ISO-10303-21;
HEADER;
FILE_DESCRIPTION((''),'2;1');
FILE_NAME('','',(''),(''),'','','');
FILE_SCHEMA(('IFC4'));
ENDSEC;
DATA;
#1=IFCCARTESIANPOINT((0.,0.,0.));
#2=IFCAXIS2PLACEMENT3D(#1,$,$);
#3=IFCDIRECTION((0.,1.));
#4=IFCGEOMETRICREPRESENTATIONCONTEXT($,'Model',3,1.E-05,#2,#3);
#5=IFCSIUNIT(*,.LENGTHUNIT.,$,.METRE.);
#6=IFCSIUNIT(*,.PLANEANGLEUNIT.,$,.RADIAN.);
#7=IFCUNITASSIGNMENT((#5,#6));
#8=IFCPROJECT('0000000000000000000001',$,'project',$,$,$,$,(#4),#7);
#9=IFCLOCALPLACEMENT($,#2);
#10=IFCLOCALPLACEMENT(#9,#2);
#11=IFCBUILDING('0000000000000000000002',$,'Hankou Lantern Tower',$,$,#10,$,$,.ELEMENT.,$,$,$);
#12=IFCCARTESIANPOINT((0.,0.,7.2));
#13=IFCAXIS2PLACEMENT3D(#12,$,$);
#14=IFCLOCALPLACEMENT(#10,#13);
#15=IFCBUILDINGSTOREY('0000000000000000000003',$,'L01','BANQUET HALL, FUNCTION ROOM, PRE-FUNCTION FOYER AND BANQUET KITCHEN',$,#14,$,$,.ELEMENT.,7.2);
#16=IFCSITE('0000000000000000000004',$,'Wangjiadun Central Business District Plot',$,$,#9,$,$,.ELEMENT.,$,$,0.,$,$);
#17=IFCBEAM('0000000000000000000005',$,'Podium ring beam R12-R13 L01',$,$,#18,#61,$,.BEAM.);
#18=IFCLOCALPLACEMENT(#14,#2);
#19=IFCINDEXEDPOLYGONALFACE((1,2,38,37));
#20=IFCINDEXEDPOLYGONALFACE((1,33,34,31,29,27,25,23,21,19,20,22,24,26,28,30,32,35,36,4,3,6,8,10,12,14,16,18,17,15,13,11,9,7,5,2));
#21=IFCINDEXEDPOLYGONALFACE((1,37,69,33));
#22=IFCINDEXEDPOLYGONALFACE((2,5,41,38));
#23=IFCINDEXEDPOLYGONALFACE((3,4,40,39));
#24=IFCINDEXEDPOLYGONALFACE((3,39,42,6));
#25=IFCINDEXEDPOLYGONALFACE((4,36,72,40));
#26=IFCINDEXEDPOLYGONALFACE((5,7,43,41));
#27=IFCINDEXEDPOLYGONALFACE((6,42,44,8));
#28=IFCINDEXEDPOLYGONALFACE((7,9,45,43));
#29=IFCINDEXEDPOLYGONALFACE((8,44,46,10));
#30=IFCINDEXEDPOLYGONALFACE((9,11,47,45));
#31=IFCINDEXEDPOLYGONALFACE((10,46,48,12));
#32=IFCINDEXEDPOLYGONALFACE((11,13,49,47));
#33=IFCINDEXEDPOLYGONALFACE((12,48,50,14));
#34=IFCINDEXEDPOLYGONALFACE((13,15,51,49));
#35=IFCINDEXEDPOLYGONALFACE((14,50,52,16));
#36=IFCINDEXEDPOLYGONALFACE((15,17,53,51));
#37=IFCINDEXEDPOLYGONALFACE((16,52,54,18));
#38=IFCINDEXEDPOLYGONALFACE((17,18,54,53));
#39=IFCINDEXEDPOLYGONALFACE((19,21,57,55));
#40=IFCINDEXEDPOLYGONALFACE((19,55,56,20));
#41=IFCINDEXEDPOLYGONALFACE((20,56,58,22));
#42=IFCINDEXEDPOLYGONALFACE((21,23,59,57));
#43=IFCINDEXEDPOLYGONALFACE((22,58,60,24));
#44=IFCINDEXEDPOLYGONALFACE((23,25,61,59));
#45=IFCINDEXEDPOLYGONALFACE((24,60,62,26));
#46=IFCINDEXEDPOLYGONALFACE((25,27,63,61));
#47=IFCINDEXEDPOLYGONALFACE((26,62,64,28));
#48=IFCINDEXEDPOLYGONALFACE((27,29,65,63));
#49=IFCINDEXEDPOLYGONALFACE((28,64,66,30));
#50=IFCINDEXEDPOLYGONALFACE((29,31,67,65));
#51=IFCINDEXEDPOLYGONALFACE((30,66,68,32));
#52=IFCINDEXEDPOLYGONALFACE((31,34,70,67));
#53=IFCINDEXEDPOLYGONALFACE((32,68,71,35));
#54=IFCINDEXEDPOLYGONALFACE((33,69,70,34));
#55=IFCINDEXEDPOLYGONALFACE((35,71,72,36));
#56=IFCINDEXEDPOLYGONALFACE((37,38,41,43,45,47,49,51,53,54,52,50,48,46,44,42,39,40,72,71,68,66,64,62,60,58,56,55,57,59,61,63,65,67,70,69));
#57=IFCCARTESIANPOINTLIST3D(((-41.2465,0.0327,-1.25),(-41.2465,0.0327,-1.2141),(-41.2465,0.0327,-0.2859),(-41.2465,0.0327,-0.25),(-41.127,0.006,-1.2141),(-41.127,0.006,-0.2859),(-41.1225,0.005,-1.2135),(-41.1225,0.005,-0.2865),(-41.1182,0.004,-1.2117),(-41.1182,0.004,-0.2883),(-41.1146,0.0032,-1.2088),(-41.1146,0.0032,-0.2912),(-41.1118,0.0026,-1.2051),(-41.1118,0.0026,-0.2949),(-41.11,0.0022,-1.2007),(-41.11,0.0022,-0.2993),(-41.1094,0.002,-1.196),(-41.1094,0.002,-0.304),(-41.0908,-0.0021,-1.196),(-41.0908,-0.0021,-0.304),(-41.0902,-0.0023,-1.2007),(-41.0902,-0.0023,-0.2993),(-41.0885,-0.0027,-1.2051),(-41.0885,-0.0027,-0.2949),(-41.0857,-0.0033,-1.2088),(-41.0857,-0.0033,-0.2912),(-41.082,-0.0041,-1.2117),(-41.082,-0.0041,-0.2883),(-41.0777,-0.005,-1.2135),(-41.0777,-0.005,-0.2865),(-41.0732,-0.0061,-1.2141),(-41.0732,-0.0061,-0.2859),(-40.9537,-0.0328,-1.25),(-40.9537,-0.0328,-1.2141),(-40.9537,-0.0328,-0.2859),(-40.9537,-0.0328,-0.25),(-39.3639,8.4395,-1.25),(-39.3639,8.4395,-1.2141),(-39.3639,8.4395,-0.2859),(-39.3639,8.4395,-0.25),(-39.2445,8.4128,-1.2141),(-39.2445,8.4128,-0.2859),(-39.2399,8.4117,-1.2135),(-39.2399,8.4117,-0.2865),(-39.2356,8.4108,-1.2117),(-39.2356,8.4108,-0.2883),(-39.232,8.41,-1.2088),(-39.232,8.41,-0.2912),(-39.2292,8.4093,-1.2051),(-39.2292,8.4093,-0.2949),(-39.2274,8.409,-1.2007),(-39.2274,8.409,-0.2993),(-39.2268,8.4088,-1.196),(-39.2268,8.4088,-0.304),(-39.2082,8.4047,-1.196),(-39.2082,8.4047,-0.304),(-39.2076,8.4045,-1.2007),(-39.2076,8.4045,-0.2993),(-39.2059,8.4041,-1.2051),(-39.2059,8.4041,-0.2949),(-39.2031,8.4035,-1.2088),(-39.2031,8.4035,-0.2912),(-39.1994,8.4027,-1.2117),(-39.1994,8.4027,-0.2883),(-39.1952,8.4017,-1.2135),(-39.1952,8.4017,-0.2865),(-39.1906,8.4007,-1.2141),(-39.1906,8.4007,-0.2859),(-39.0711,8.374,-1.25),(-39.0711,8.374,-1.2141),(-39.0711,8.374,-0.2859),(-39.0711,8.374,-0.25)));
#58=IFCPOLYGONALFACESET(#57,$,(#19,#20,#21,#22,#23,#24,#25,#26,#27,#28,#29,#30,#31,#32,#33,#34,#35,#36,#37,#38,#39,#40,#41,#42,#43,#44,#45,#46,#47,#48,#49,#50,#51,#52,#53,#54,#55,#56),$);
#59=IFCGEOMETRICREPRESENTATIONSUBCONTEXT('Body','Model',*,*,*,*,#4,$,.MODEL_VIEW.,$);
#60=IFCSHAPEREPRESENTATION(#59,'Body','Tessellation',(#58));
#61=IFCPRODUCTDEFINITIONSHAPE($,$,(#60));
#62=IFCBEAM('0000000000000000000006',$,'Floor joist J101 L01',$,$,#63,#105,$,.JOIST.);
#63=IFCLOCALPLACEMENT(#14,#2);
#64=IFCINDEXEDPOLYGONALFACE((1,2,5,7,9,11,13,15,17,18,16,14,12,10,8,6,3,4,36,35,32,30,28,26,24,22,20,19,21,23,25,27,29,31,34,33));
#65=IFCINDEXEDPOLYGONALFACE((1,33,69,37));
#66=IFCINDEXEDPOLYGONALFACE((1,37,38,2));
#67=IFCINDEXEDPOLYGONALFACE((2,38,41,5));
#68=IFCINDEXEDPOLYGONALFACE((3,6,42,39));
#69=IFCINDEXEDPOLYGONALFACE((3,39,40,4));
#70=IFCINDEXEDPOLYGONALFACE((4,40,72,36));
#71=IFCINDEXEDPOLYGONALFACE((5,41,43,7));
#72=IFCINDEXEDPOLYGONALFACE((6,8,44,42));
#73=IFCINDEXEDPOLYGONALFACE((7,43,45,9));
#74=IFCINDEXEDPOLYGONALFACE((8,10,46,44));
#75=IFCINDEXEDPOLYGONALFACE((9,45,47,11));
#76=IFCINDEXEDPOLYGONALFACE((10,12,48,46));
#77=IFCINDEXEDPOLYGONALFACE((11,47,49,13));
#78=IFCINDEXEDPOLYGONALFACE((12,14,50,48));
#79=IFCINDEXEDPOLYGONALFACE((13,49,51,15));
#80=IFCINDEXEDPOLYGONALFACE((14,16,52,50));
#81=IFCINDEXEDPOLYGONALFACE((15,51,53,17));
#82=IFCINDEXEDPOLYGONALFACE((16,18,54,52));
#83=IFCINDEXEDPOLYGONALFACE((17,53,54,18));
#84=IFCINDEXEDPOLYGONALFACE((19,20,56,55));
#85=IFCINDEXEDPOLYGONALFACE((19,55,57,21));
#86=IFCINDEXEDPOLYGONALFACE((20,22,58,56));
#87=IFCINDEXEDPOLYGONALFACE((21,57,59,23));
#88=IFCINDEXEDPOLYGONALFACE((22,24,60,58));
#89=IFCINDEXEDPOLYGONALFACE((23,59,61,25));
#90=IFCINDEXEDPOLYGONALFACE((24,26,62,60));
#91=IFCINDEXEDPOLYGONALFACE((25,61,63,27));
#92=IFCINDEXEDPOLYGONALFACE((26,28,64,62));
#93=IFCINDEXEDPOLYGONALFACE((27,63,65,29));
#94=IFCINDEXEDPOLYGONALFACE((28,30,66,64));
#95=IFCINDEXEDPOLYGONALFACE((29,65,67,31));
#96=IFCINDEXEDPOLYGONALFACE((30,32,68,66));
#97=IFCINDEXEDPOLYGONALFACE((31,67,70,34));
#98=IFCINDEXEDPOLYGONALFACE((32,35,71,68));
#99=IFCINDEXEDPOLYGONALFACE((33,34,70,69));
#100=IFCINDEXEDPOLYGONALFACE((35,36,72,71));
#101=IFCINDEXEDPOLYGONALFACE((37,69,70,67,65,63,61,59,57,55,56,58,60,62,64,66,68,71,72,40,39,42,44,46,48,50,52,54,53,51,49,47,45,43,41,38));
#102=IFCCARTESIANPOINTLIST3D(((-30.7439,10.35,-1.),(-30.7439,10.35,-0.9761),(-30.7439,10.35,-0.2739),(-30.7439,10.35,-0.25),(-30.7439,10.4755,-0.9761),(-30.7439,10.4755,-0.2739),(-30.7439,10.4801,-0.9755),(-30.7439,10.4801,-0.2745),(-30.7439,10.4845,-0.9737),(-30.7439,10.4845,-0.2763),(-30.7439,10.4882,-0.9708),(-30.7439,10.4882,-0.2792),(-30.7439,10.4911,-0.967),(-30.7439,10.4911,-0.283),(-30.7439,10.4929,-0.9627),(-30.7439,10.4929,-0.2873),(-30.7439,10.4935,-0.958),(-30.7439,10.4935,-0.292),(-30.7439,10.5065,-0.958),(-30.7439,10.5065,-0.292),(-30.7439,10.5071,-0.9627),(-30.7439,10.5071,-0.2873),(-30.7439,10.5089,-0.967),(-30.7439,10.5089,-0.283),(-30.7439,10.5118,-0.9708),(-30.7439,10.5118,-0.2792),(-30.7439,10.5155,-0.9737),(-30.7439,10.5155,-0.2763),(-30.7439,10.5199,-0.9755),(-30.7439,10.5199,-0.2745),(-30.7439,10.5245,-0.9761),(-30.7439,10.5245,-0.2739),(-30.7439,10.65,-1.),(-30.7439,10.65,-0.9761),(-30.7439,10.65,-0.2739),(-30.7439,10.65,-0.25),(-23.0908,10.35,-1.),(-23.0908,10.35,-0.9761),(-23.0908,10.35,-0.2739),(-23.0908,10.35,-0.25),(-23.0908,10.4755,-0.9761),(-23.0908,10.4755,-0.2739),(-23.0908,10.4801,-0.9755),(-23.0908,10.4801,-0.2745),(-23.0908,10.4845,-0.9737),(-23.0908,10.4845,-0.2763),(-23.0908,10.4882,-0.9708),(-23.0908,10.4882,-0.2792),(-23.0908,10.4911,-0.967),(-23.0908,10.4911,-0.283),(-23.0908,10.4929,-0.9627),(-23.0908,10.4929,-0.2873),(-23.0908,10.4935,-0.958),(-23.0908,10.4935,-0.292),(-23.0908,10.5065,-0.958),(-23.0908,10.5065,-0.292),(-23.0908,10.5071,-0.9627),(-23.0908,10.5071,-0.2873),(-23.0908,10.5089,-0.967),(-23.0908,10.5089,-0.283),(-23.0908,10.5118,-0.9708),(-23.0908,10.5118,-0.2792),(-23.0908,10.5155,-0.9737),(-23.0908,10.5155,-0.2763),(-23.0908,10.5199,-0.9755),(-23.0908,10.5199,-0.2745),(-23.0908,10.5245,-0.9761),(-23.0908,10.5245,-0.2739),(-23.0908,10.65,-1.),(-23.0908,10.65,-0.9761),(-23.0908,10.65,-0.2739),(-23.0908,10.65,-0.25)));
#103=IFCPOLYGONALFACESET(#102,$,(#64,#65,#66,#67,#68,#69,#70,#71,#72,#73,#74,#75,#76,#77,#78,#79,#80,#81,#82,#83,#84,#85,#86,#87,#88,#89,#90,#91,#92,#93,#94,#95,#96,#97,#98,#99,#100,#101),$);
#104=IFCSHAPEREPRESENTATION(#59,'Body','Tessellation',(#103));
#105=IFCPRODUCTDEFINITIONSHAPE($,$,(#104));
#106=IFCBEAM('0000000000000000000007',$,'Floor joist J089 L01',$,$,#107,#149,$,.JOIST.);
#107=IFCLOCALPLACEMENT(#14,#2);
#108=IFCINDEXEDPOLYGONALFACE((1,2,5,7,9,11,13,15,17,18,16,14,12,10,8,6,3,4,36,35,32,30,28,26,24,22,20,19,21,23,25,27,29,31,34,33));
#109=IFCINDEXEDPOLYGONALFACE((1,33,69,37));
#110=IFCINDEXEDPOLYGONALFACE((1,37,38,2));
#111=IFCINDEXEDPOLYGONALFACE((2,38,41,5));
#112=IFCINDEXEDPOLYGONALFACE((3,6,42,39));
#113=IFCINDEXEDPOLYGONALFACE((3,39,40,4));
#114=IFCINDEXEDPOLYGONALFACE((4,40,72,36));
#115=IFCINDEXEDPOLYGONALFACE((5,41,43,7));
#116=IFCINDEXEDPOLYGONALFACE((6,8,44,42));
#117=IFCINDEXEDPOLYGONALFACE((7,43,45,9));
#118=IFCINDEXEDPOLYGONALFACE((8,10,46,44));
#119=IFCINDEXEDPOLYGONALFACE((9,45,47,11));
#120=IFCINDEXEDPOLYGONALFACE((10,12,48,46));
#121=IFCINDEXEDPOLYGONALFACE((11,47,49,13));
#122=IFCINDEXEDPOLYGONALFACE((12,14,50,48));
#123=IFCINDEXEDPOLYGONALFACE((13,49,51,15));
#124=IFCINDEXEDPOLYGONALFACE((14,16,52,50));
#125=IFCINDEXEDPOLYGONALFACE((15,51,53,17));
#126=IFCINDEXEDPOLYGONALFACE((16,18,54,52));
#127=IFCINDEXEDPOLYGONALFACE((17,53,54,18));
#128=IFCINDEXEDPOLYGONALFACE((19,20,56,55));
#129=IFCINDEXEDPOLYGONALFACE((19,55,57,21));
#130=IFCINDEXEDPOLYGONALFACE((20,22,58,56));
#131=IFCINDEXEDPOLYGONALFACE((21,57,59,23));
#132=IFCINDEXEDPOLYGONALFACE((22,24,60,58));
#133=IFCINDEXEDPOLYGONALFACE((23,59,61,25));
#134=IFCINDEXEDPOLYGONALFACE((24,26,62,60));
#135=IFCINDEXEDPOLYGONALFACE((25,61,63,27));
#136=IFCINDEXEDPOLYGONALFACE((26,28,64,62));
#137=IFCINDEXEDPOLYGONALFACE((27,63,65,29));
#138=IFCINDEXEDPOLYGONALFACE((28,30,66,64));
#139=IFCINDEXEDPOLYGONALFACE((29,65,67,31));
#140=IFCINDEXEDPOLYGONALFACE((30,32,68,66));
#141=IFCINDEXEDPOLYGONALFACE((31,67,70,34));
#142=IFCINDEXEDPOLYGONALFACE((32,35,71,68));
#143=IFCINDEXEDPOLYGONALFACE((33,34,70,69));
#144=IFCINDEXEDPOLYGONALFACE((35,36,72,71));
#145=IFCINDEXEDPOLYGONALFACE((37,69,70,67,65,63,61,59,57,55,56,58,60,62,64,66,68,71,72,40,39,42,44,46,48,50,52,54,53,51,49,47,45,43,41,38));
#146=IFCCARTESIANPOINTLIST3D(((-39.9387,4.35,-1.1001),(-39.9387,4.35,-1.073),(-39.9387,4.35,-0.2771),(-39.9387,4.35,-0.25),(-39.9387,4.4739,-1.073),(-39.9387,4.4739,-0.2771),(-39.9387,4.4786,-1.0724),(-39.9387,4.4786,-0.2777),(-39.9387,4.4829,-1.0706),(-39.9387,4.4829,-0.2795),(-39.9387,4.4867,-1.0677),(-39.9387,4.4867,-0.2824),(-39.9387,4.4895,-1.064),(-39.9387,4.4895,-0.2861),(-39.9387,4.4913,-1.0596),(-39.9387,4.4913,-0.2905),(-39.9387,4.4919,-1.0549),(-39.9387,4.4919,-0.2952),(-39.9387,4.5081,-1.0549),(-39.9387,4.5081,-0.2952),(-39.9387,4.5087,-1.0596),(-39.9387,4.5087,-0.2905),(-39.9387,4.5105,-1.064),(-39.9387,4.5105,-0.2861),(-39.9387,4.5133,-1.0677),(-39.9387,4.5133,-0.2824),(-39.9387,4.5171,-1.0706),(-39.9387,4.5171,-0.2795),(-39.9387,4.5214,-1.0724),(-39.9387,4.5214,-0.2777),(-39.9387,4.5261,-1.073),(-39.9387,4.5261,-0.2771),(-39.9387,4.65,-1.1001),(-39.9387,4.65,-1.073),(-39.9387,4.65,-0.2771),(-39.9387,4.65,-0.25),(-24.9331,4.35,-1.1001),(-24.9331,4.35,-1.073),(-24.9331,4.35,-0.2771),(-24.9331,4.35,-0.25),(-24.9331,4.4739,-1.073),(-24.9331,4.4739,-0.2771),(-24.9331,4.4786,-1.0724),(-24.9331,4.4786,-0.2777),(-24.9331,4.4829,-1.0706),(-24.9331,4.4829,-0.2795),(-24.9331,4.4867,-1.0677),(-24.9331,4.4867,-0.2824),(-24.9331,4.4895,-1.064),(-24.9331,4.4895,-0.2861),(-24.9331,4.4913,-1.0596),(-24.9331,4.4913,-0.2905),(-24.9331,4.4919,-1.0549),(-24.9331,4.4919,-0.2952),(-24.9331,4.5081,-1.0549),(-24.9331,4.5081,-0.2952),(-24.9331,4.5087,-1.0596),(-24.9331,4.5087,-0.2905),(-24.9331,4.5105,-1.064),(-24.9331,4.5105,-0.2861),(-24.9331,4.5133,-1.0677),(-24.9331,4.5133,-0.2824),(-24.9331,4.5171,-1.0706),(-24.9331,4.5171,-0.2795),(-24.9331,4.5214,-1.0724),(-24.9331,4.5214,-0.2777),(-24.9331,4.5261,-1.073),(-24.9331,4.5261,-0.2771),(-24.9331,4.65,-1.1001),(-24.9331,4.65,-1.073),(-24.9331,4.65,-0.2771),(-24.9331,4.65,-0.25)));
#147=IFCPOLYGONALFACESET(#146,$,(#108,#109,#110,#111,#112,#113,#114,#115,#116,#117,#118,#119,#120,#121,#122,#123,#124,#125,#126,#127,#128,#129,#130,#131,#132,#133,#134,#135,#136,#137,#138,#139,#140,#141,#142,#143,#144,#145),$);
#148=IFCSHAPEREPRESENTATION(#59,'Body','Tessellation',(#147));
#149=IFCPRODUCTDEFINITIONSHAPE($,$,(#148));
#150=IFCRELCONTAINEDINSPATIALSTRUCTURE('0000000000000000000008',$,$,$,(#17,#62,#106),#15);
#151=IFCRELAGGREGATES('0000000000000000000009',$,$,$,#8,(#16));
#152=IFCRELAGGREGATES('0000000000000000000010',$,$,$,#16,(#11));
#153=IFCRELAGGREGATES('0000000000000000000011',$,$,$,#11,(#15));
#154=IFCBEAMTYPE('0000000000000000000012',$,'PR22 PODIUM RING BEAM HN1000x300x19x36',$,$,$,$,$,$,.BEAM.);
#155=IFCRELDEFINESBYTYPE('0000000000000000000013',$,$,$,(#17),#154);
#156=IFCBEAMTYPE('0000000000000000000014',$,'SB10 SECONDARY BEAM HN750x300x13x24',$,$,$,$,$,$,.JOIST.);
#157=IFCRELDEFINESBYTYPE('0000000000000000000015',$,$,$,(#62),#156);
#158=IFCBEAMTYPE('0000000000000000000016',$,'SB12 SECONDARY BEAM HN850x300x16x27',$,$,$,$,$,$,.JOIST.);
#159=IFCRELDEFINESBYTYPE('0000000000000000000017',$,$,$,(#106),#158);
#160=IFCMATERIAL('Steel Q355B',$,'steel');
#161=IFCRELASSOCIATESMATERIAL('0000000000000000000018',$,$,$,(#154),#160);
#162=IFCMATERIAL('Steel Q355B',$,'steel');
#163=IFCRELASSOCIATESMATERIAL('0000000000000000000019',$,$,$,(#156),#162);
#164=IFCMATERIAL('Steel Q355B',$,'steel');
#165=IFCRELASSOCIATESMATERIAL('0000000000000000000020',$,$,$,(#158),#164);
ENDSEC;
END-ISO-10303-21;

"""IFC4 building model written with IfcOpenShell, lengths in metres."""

from ifc_helpers import new_model, si_unit, direction, frame, origin, origin_2d, place, context, subcontext, project, spatial, i_section, extrude, material, material_profile, profile_set, type_object, element, save


model = new_model("IFC4")

# Units and contexts
model_context = context("Model", 3, precision=1e-05, world=origin(), true_north=direction((0.0, 1.0)))
body_context = subcontext(model_context, "Body", "Model", "MODEL_VIEW")
ifc_project = project(units=[si_unit("LENGTHUNIT", "METRE"), si_unit("PLANEANGLEUNIT", "RADIAN")], contexts=[model_context])

# Site, building, storey
site_placement = place(None, origin())
site = spatial("IfcSite", under=ifc_project, at=site_placement, Name="Wangjiadun Central Business District Plot", CompositionType="ELEMENT", RefElevation=0.0)
building_placement = place(site_placement, origin())
building = spatial("IfcBuilding", under=site, at=building_placement, Name="Hankou Lantern Tower", CompositionType="ELEMENT")
storey_placement = place(building_placement, frame((0.0, 0.0, 7.2)))
storey = spatial("IfcBuildingStorey", under=building, at=storey_placement, Name="L01", Description="BANQUET HALL, FUNCTION ROOM, PRE-FUNCTION FOYER AND BANQUET KITCHEN", CompositionType="ELEMENT", Elevation=7.2)

# Beams
ifc_material_1 = material(Name="Steel Q355B", Category="steel")
ifc_material_profile_1 = material_profile(ifc_material_1, i_section(OverallWidth=0.3, OverallDepth=1.0, WebThickness=0.019, FlangeThickness=0.0359, FilletRadius=0.0181, at=origin_2d()), Name="HN1000x300x19x36")
ifc_profile_set_1 = profile_set([ifc_material_profile_1], Name="Steel Q355B")
beam_type_1 = type_object("IfcBeamType", Name="PR22 PODIUM RING BEAM HN1000x300x19x36", PredefinedType="BEAM", material=ifc_profile_set_1)
beam_1_placement = place(storey_placement, frame((-39.2175, 8.4067, -0.75), z_axis=(-0.218523, -0.975832, 0.0), x_axis=(0.975832, -0.218523, 0.0)))
element("IfcBeam", 1, at=beam_1_placement, inside=storey, type_object=beam_type_1, Name="Podium ring beam R12-R13 L01", PredefinedType="BEAM", context=body_context, shape_type="SweptSolid", body=[
    extrude(i_section(OverallWidth=0.3, OverallDepth=1.0, WebThickness=0.019, FlangeThickness=0.0359, FilletRadius=0.0181, at=origin_2d()), origin(), (0.0, 0.0, 1.0), 8.615),
])
ifc_material_2 = material(Name="Steel Q355B", Category="steel")
ifc_material_profile_2 = material_profile(ifc_material_2, i_section(OverallWidth=0.3, OverallDepth=0.75, WebThickness=0.0129, FlangeThickness=0.0239, FilletRadius=0.0181, at=origin_2d()), Name="HN750x300x13x24")
ifc_profile_set_2 = profile_set([ifc_material_profile_2], Name="Steel Q355B")
beam_type_2 = type_object("IfcBeamType", Name="SB10 SECONDARY BEAM HN750x300x13x24", PredefinedType="JOIST", material=ifc_profile_set_2)
beam_2_placement = place(storey_placement, frame((-30.7439, 10.5, -0.625), z_axis=(1.0, 0.0, 0.0), x_axis=(0.0, 1.0, 0.0)))
element("IfcBeam", 2, at=beam_2_placement, inside=storey, type_object=beam_type_2, Name="Floor joist J101 L01", PredefinedType="JOIST", context=body_context, shape_type="SweptSolid", body=[
    extrude(i_section(OverallWidth=0.3, OverallDepth=0.75, WebThickness=0.0129, FlangeThickness=0.0239, FilletRadius=0.0181, at=origin_2d()), origin(), (0.0, 0.0, 1.0), 7.6531),
])
ifc_material_3 = material(Name="Steel Q355B", Category="steel")
ifc_material_profile_3 = material_profile(ifc_material_3, i_section(OverallWidth=0.3, OverallDepth=0.8501, WebThickness=0.0161, FlangeThickness=0.0271, FilletRadius=0.0181, at=origin_2d()), Name="HN850x300x16x27")
ifc_profile_set_3 = profile_set([ifc_material_profile_3], Name="Steel Q355B")
beam_type_3 = type_object("IfcBeamType", Name="SB12 SECONDARY BEAM HN850x300x16x27", PredefinedType="JOIST", material=ifc_profile_set_3)
beam_3_placement = place(storey_placement, frame((-39.9387, 4.5, -0.675), z_axis=(1.0, 0.0, 0.0), x_axis=(0.0, 1.0, 0.0)))
element("IfcBeam", 3, at=beam_3_placement, inside=storey, type_object=beam_type_3, Name="Floor joist J089 L01", PredefinedType="JOIST", context=body_context, shape_type="SweptSolid", body=[
    extrude(i_section(OverallWidth=0.3, OverallDepth=0.8501, WebThickness=0.0161, FlangeThickness=0.0271, FilletRadius=0.0181, at=origin_2d()), origin(), (0.0, 0.0, 1.0), 15.0056),
])

save(model, "model.ifc")
